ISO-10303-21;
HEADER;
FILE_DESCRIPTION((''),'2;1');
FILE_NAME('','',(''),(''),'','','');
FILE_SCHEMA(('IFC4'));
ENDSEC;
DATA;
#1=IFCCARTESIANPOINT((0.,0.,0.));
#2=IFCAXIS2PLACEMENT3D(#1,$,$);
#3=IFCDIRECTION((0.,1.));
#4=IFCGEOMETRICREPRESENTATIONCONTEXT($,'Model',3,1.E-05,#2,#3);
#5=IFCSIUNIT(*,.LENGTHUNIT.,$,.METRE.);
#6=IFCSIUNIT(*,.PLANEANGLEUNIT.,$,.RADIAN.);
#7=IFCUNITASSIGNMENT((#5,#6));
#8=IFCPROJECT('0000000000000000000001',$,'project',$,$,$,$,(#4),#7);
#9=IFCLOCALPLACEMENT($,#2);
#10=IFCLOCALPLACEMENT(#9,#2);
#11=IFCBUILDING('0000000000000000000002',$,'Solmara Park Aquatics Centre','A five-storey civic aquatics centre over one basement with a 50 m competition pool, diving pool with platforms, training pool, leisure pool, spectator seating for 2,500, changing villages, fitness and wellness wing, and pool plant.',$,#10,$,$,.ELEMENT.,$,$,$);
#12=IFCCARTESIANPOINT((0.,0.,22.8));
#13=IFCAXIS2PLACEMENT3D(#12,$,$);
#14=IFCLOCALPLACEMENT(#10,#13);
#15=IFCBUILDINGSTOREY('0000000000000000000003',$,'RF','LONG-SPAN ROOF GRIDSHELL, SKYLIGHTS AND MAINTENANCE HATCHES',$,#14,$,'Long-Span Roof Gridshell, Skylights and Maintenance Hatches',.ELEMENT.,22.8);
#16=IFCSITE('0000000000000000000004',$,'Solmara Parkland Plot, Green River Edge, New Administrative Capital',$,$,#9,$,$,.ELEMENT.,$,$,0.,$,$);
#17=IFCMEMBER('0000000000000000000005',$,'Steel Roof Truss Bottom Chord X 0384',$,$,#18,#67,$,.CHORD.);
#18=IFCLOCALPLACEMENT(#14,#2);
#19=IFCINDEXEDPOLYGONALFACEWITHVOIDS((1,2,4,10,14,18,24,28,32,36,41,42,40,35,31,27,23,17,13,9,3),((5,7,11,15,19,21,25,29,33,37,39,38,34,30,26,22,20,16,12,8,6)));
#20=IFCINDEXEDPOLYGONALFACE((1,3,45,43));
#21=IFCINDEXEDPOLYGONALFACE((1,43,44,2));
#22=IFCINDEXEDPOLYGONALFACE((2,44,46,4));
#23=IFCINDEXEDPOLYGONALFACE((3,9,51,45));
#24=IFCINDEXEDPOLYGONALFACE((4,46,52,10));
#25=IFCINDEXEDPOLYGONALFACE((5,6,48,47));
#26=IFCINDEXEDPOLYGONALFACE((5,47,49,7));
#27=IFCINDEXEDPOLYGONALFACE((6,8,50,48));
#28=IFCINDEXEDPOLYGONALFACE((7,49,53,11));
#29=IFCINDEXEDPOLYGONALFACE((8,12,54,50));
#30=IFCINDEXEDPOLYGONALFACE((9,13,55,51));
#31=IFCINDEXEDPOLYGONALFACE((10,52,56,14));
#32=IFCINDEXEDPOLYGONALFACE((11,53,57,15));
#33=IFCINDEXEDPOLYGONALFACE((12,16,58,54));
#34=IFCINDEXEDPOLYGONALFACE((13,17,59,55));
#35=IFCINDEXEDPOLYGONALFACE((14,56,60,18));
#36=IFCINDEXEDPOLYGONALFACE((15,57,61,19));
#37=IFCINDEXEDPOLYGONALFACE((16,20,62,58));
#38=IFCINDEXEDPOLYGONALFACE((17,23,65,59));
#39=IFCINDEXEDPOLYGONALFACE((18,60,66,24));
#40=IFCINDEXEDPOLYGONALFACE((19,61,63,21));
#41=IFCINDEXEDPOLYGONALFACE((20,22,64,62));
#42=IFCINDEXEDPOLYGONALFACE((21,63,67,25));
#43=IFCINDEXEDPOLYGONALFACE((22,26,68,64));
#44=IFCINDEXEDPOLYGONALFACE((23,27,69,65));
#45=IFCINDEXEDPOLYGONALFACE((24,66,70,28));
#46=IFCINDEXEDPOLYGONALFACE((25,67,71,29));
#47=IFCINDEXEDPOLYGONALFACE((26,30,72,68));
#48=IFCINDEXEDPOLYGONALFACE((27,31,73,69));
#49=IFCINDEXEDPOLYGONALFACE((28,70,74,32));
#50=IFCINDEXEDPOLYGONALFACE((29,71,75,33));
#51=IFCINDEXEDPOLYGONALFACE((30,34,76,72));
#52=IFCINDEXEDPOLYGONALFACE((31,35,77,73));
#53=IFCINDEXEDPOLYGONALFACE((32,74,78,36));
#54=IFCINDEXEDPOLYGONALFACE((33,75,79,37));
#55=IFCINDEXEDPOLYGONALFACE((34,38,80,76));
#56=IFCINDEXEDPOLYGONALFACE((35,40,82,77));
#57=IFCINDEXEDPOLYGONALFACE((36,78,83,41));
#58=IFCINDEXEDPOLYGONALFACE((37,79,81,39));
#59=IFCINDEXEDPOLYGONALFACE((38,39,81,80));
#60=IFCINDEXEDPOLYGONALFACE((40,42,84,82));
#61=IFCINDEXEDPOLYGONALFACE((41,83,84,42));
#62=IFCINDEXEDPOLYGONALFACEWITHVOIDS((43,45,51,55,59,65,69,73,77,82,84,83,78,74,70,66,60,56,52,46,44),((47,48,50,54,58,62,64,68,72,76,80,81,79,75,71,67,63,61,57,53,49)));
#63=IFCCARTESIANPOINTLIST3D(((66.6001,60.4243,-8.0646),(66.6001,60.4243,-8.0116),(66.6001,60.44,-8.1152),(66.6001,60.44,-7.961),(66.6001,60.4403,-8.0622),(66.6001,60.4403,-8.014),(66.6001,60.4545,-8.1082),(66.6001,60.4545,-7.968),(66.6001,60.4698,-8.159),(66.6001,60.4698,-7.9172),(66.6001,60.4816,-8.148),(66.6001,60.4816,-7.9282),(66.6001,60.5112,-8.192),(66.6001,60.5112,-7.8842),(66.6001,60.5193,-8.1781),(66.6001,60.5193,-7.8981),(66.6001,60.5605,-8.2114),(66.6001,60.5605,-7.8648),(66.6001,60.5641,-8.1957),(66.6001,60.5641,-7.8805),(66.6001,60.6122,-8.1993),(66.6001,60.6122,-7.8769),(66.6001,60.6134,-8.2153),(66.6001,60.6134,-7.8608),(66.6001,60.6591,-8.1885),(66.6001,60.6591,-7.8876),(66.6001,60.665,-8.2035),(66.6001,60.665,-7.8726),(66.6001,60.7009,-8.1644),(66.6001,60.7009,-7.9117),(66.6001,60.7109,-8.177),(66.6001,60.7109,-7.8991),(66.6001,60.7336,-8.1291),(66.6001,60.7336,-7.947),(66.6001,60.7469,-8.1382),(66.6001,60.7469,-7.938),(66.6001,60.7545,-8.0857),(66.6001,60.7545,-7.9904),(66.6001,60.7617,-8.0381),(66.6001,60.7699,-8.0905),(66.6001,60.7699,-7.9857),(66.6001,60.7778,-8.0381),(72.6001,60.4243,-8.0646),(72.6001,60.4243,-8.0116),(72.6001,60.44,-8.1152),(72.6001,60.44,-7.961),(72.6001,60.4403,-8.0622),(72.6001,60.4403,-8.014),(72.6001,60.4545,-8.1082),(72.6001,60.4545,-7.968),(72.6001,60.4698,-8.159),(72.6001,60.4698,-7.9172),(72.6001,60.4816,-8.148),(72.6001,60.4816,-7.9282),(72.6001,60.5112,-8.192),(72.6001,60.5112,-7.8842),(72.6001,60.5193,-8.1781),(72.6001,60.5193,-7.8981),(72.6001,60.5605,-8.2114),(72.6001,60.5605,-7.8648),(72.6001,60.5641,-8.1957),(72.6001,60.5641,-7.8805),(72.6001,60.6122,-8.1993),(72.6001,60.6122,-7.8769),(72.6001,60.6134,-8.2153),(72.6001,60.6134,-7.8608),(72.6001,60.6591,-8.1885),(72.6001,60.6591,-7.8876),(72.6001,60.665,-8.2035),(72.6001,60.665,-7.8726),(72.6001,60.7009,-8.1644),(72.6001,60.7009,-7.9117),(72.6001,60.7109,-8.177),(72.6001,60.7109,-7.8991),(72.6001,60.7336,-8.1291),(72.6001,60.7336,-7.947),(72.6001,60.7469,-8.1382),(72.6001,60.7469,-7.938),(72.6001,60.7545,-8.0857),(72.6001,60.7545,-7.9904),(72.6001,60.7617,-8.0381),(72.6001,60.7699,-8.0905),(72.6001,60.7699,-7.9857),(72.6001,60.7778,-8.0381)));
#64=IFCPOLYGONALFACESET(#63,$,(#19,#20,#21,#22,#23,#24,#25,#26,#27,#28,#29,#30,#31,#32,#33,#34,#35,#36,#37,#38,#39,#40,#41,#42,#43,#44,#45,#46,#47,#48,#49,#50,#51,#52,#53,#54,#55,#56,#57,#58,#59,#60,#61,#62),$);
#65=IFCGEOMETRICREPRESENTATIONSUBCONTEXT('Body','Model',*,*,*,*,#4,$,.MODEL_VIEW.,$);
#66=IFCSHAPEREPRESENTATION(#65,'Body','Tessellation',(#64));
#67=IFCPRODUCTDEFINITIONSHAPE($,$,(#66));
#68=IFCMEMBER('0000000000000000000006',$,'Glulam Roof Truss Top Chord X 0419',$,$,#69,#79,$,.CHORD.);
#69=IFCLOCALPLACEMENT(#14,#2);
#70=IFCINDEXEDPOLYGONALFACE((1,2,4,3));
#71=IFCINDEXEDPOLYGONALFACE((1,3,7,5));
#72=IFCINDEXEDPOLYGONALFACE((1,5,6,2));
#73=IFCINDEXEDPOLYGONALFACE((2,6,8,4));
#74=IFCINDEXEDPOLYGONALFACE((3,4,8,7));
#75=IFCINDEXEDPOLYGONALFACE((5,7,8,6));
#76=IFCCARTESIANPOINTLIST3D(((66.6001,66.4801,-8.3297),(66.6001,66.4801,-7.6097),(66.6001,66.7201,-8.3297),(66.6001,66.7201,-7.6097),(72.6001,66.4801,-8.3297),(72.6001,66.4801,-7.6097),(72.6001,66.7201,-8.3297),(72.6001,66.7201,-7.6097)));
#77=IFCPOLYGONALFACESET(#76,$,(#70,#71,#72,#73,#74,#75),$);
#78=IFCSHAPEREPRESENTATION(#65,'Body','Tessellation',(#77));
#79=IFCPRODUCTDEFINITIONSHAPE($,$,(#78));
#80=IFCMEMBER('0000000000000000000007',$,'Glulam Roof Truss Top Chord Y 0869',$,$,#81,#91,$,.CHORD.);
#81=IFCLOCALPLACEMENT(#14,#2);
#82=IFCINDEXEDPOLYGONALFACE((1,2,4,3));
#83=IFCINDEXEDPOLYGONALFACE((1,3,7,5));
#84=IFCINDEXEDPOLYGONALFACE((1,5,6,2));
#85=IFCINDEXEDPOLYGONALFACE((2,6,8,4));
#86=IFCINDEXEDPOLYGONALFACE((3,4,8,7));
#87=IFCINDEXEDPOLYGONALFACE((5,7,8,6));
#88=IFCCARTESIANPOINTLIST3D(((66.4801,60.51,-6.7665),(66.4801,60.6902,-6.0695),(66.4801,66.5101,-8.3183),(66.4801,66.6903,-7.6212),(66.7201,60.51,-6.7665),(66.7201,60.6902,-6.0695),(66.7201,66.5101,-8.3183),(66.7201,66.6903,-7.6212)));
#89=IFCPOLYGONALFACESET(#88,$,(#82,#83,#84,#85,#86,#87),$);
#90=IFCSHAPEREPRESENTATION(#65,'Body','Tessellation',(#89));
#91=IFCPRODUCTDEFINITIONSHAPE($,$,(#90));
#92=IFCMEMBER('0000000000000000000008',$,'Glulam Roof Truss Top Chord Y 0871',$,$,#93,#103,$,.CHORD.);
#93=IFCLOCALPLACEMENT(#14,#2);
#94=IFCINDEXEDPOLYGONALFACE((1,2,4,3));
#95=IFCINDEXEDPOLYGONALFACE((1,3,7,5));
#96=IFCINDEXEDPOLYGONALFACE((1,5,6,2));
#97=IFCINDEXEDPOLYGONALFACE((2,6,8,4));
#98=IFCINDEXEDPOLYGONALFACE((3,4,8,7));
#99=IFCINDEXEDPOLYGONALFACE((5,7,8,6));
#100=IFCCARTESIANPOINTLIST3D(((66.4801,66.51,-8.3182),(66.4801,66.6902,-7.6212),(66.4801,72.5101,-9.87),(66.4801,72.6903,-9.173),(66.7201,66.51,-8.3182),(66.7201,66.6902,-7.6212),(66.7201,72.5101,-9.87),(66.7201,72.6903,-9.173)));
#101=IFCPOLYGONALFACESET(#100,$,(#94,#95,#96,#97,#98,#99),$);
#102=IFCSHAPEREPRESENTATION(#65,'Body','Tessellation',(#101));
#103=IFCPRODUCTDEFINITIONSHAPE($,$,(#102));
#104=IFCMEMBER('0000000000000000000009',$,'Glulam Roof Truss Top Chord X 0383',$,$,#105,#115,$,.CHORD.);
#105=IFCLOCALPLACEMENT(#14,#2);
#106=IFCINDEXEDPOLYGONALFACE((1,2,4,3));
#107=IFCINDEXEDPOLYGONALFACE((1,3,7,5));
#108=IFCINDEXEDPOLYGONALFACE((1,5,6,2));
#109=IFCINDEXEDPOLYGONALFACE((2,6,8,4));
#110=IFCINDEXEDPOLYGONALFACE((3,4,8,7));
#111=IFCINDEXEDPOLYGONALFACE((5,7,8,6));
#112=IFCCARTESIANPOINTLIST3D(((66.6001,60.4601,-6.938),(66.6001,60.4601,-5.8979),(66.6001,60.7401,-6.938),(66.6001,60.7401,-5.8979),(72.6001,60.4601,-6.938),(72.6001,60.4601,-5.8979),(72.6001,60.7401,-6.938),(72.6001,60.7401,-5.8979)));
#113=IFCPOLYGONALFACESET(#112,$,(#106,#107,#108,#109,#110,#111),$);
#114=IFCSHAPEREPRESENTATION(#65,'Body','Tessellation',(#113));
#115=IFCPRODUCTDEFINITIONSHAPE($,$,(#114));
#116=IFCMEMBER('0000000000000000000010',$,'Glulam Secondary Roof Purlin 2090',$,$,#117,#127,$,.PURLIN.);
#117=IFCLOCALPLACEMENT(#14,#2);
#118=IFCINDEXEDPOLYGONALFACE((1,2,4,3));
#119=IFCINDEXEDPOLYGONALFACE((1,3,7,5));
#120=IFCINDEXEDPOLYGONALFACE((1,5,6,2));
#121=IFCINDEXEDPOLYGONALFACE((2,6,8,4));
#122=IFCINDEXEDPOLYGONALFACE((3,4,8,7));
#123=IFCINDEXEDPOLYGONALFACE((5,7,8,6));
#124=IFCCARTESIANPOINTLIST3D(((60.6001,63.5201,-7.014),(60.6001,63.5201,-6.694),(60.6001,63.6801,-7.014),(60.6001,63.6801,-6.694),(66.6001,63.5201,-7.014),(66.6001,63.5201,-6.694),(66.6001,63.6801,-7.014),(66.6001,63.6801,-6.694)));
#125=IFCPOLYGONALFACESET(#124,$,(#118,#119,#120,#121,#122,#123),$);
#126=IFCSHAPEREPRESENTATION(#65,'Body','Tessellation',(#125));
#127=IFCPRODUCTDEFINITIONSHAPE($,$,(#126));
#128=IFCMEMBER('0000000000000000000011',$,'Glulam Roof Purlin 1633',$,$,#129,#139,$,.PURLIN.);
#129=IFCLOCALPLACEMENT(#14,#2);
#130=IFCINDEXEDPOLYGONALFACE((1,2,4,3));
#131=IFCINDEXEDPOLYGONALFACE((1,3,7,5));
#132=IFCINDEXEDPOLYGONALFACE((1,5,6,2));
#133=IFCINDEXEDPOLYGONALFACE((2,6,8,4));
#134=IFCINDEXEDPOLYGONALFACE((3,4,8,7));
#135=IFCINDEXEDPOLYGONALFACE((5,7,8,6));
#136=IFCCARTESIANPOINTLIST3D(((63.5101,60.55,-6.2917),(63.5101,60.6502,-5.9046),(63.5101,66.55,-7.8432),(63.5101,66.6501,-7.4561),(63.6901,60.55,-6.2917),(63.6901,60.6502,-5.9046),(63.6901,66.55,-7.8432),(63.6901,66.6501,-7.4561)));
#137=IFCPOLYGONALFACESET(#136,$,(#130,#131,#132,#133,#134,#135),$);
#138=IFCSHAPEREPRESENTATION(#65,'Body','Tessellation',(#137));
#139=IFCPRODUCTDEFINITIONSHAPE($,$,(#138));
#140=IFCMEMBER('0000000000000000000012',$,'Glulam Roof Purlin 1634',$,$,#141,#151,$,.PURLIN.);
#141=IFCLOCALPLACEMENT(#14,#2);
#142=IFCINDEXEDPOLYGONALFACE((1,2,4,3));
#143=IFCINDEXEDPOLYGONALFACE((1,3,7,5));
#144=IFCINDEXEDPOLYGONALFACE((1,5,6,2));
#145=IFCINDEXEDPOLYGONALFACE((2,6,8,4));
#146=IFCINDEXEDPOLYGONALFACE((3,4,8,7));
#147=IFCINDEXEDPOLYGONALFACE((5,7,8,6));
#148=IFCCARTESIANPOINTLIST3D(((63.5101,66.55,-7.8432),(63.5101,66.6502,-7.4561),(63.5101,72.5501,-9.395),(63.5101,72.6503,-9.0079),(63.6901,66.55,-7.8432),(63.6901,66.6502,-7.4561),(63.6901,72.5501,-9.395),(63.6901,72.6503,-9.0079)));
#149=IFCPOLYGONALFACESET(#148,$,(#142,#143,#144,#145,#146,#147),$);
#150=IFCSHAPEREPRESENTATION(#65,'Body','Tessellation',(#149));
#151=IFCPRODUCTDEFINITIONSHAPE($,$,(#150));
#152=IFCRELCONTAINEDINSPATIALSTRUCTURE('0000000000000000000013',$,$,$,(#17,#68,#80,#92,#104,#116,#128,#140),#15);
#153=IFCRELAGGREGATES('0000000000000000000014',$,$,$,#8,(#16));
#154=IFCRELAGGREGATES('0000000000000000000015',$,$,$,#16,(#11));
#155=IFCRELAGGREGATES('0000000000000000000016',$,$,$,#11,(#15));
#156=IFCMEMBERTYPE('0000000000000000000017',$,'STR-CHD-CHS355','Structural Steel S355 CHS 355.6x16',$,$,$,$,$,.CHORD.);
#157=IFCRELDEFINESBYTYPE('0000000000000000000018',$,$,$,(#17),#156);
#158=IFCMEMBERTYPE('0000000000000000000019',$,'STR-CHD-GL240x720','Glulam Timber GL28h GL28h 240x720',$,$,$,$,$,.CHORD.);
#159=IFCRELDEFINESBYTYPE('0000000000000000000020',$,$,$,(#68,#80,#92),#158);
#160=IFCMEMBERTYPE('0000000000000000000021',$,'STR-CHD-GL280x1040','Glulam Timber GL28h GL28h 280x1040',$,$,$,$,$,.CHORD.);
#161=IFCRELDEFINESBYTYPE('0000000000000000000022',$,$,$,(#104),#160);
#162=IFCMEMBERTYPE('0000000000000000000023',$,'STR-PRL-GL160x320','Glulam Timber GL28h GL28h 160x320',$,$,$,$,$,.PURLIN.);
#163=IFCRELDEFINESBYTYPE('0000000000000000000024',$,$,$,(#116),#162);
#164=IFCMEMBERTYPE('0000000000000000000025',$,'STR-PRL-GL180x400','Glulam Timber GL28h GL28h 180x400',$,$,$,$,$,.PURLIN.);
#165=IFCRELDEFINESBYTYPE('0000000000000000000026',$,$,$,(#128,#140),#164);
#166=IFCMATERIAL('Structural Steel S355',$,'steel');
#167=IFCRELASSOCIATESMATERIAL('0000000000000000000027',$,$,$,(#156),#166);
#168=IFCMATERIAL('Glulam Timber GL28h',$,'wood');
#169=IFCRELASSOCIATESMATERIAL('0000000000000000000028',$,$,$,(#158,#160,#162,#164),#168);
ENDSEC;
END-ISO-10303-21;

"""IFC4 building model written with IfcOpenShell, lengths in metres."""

from ifc_helpers import new_model, si_unit, direction, frame, origin, origin_2d, place, context, subcontext, project, spatial, rectangle, hollow_circle, extrude, material, material_profile, profile_set, type_object, element, save


model = new_model("IFC4")

# Units and contexts
model_context = context("Model", 3, precision=1e-05, world=origin(), true_north=direction((0.0, 1.0)))
body_context = subcontext(model_context, "Body", "Model", "MODEL_VIEW")
ifc_project = project(units=[si_unit("LENGTHUNIT", "METRE"), si_unit("PLANEANGLEUNIT", "RADIAN")], contexts=[model_context])

# Site, building, storey
site_placement = place(None, origin())
site = spatial("IfcSite", under=ifc_project, at=site_placement, Name="Solmara Parkland Plot, Green River Edge, New Administrative Capital", CompositionType="ELEMENT", RefElevation=0.0)
building_placement = place(site_placement, origin())
building = spatial("IfcBuilding", under=site, at=building_placement, Name="Solmara Park Aquatics Centre", Description="A five-storey civic aquatics centre over one basement with a 50 m competition pool, diving pool with platforms, training pool, leisure pool, spectator seating for 2,500, changing villages, fitness and wellness wing, and pool plant.", CompositionType="ELEMENT")
storey_placement = place(building_placement, frame((0.0, 0.0, 22.8)))
storey = spatial("IfcBuildingStorey", under=building, at=storey_placement, Name="RF", Description="LONG-SPAN ROOF GRIDSHELL, SKYLIGHTS AND MAINTENANCE HATCHES", LongName="Long-Span Roof Gridshell, Skylights and Maintenance Hatches", CompositionType="ELEMENT", Elevation=22.8)

# Members
ifc_material_1 = material(Name="Structural Steel S355", Category="steel")
ifc_material_profile_1 = material_profile(ifc_material_1, hollow_circle(Radius=0.1777, WallThickness=0.0161, at=origin_2d()), Name="CHS 355.6x16")
ifc_profile_set_1 = profile_set([ifc_material_profile_1], Name="Structural Steel S355")
member_type_1 = type_object("IfcMemberType", Name="STR-CHD-CHS355", Description="Structural Steel S355 CHS 355.6x16", PredefinedType="CHORD", material=ifc_profile_set_1)
member_1_placement = place(storey_placement, frame((66.6001, 60.6001, -8.0381), z_axis=(1.0, 0.0, 0.0), x_axis=(0.0, 1.0, 0.0)))
element("IfcMember", 1, at=member_1_placement, inside=storey, type_object=member_type_1, Name="Steel Roof Truss Bottom Chord X 0384", PredefinedType="CHORD", context=body_context, shape_type="SweptSolid", body=[
    extrude(hollow_circle(Radius=0.1777, WallThickness=0.0161, at=origin_2d()), origin(), (0.0, 0.0, 1.0), 6.0),
])
ifc_material_2 = material(Name="Glulam Timber GL28h", Category="wood")
ifc_material_profile_2 = material_profile(ifc_material_2, rectangle(XDim=0.24, YDim=0.72, at=origin_2d()), Name="GL28h 240x720")
ifc_profile_set_2 = profile_set([ifc_material_profile_2], Name="Glulam Timber GL28h")
member_type_2 = type_object("IfcMemberType", Name="STR-CHD-GL240x720", Description="Glulam Timber GL28h GL28h 240x720", PredefinedType="CHORD", material=ifc_profile_set_2)
member_2_placement = place(storey_placement, frame((66.6001, 66.6001, -7.9697), z_axis=(1.0, 0.0, 0.0), x_axis=(0.0, 1.0, 0.0)))
element("IfcMember", 2, at=member_2_placement, inside=storey, type_object=member_type_2, Name="Glulam Roof Truss Top Chord X 0419", PredefinedType="CHORD", context=body_context, shape_type="SweptSolid", body=[
    extrude(rectangle(XDim=0.24, YDim=0.72, at=origin_2d()), origin(), (0.0, 0.0, 1.0), 6.0),
])
for number, where, z_axis, x_axis, name in (
    (3, (66.6001, 60.6001, -6.418), (0.0, 0.968146, -0.250388), (-1.0, 0.0, 0.0), "Glulam Roof Truss Top Chord Y 0869"),
    (4, (66.6001, 66.6001, -7.9697), (0.0, 0.968146, -0.250388), (-1.0, 0.0, 0.0), "Glulam Roof Truss Top Chord Y 0871"),
):
    element("IfcMember", number, at=place(storey_placement, frame(where, z_axis=z_axis, x_axis=x_axis)), inside=storey, type_object=member_type_2, Name=name, PredefinedType="CHORD", context=body_context, shape_type="SweptSolid", body=[
        extrude(rectangle(XDim=0.24, YDim=0.72, at=origin_2d()), origin(), (0.0, 0.0, 1.0), 6.1975),
    ])
ifc_material_profile_3 = material_profile(ifc_material_2, rectangle(XDim=0.28, YDim=1.04, at=origin_2d()), Name="GL28h 280x1040")
ifc_profile_set_3 = profile_set([ifc_material_profile_3], Name="Glulam Timber GL28h")
member_type_3 = type_object("IfcMemberType", Name="STR-CHD-GL280x1040", Description="Glulam Timber GL28h GL28h 280x1040", PredefinedType="CHORD", material=ifc_profile_set_3)
member_3_placement = place(storey_placement, frame((66.6001, 60.6001, -6.418), z_axis=(1.0, 0.0, 0.0), x_axis=(0.0, 1.0, 0.0)))
element("IfcMember", 5, at=member_3_placement, inside=storey, type_object=member_type_3, Name="Glulam Roof Truss Top Chord X 0383", PredefinedType="CHORD", context=body_context, shape_type="SweptSolid", body=[
    extrude(rectangle(XDim=0.28, YDim=1.04, at=origin_2d()), origin(), (0.0, 0.0, 1.0), 6.0),
])
ifc_material_profile_4 = material_profile(ifc_material_2, rectangle(XDim=0.1599, YDim=0.3201, at=origin_2d()), Name="GL28h 160x320")
ifc_profile_set_4 = profile_set([ifc_material_profile_4], Name="Glulam Timber GL28h")
member_type_4 = type_object("IfcMemberType", Name="STR-PRL-GL160x320", Description="Glulam Timber GL28h GL28h 160x320", PredefinedType="PURLIN", material=ifc_profile_set_4)
member_4_placement = place(storey_placement, frame((60.6001, 63.6001, -6.854), z_axis=(1.0, 0.0, 0.0), x_axis=(0.0, 1.0, 0.0)))
element("IfcMember", 6, at=member_4_placement, inside=storey, type_object=member_type_4, Name="Glulam Secondary Roof Purlin 2090", PredefinedType="PURLIN", context=body_context, shape_type="SweptSolid", body=[
    extrude(rectangle(XDim=0.1599, YDim=0.3201, at=origin_2d()), origin(), (0.0, 0.0, 1.0), 6.0),
])
ifc_material_profile_5 = material_profile(ifc_material_2, rectangle(XDim=0.1799, YDim=0.3999, at=origin_2d()), Name="GL28h 180x400")
ifc_profile_set_5 = profile_set([ifc_material_profile_5], Name="Glulam Timber GL28h")
member_type_5 = type_object("IfcMemberType", Name="STR-PRL-GL180x400", Description="Glulam Timber GL28h GL28h 180x400", PredefinedType="PURLIN", material=ifc_profile_set_5)
member_5_placement = place(storey_placement, frame((63.6001, 60.6001, -6.0981), z_axis=(0.0, 0.968155, -0.250351), x_axis=(-1.0, 0.0, 0.0)))
element("IfcMember", 7, at=member_5_placement, inside=storey, type_object=member_type_5, Name="Glulam Roof Purlin 1633", PredefinedType="PURLIN", context=body_context, shape_type="SweptSolid", body=[
    extrude(rectangle(XDim=0.1799, YDim=0.3999, at=origin_2d()), origin(), (0.0, 0.0, 1.0), 6.1973),
])
member_6_placement = place(storey_placement, frame((63.6001, 66.6001, -7.6497), z_axis=(0.0, 0.968146, -0.250388), x_axis=(-1.0, 0.0, 0.0)))
element("IfcMember", 8, at=member_6_placement, inside=storey, type_object=member_type_5, Name="Glulam Roof Purlin 1634", PredefinedType="PURLIN", context=body_context, shape_type="SweptSolid", body=[
    extrude(rectangle(XDim=0.1799, YDim=0.3999, at=origin_2d()), origin(), (0.0, 0.0, 1.0), 6.1975),
])

save(model, "model.ifc")
